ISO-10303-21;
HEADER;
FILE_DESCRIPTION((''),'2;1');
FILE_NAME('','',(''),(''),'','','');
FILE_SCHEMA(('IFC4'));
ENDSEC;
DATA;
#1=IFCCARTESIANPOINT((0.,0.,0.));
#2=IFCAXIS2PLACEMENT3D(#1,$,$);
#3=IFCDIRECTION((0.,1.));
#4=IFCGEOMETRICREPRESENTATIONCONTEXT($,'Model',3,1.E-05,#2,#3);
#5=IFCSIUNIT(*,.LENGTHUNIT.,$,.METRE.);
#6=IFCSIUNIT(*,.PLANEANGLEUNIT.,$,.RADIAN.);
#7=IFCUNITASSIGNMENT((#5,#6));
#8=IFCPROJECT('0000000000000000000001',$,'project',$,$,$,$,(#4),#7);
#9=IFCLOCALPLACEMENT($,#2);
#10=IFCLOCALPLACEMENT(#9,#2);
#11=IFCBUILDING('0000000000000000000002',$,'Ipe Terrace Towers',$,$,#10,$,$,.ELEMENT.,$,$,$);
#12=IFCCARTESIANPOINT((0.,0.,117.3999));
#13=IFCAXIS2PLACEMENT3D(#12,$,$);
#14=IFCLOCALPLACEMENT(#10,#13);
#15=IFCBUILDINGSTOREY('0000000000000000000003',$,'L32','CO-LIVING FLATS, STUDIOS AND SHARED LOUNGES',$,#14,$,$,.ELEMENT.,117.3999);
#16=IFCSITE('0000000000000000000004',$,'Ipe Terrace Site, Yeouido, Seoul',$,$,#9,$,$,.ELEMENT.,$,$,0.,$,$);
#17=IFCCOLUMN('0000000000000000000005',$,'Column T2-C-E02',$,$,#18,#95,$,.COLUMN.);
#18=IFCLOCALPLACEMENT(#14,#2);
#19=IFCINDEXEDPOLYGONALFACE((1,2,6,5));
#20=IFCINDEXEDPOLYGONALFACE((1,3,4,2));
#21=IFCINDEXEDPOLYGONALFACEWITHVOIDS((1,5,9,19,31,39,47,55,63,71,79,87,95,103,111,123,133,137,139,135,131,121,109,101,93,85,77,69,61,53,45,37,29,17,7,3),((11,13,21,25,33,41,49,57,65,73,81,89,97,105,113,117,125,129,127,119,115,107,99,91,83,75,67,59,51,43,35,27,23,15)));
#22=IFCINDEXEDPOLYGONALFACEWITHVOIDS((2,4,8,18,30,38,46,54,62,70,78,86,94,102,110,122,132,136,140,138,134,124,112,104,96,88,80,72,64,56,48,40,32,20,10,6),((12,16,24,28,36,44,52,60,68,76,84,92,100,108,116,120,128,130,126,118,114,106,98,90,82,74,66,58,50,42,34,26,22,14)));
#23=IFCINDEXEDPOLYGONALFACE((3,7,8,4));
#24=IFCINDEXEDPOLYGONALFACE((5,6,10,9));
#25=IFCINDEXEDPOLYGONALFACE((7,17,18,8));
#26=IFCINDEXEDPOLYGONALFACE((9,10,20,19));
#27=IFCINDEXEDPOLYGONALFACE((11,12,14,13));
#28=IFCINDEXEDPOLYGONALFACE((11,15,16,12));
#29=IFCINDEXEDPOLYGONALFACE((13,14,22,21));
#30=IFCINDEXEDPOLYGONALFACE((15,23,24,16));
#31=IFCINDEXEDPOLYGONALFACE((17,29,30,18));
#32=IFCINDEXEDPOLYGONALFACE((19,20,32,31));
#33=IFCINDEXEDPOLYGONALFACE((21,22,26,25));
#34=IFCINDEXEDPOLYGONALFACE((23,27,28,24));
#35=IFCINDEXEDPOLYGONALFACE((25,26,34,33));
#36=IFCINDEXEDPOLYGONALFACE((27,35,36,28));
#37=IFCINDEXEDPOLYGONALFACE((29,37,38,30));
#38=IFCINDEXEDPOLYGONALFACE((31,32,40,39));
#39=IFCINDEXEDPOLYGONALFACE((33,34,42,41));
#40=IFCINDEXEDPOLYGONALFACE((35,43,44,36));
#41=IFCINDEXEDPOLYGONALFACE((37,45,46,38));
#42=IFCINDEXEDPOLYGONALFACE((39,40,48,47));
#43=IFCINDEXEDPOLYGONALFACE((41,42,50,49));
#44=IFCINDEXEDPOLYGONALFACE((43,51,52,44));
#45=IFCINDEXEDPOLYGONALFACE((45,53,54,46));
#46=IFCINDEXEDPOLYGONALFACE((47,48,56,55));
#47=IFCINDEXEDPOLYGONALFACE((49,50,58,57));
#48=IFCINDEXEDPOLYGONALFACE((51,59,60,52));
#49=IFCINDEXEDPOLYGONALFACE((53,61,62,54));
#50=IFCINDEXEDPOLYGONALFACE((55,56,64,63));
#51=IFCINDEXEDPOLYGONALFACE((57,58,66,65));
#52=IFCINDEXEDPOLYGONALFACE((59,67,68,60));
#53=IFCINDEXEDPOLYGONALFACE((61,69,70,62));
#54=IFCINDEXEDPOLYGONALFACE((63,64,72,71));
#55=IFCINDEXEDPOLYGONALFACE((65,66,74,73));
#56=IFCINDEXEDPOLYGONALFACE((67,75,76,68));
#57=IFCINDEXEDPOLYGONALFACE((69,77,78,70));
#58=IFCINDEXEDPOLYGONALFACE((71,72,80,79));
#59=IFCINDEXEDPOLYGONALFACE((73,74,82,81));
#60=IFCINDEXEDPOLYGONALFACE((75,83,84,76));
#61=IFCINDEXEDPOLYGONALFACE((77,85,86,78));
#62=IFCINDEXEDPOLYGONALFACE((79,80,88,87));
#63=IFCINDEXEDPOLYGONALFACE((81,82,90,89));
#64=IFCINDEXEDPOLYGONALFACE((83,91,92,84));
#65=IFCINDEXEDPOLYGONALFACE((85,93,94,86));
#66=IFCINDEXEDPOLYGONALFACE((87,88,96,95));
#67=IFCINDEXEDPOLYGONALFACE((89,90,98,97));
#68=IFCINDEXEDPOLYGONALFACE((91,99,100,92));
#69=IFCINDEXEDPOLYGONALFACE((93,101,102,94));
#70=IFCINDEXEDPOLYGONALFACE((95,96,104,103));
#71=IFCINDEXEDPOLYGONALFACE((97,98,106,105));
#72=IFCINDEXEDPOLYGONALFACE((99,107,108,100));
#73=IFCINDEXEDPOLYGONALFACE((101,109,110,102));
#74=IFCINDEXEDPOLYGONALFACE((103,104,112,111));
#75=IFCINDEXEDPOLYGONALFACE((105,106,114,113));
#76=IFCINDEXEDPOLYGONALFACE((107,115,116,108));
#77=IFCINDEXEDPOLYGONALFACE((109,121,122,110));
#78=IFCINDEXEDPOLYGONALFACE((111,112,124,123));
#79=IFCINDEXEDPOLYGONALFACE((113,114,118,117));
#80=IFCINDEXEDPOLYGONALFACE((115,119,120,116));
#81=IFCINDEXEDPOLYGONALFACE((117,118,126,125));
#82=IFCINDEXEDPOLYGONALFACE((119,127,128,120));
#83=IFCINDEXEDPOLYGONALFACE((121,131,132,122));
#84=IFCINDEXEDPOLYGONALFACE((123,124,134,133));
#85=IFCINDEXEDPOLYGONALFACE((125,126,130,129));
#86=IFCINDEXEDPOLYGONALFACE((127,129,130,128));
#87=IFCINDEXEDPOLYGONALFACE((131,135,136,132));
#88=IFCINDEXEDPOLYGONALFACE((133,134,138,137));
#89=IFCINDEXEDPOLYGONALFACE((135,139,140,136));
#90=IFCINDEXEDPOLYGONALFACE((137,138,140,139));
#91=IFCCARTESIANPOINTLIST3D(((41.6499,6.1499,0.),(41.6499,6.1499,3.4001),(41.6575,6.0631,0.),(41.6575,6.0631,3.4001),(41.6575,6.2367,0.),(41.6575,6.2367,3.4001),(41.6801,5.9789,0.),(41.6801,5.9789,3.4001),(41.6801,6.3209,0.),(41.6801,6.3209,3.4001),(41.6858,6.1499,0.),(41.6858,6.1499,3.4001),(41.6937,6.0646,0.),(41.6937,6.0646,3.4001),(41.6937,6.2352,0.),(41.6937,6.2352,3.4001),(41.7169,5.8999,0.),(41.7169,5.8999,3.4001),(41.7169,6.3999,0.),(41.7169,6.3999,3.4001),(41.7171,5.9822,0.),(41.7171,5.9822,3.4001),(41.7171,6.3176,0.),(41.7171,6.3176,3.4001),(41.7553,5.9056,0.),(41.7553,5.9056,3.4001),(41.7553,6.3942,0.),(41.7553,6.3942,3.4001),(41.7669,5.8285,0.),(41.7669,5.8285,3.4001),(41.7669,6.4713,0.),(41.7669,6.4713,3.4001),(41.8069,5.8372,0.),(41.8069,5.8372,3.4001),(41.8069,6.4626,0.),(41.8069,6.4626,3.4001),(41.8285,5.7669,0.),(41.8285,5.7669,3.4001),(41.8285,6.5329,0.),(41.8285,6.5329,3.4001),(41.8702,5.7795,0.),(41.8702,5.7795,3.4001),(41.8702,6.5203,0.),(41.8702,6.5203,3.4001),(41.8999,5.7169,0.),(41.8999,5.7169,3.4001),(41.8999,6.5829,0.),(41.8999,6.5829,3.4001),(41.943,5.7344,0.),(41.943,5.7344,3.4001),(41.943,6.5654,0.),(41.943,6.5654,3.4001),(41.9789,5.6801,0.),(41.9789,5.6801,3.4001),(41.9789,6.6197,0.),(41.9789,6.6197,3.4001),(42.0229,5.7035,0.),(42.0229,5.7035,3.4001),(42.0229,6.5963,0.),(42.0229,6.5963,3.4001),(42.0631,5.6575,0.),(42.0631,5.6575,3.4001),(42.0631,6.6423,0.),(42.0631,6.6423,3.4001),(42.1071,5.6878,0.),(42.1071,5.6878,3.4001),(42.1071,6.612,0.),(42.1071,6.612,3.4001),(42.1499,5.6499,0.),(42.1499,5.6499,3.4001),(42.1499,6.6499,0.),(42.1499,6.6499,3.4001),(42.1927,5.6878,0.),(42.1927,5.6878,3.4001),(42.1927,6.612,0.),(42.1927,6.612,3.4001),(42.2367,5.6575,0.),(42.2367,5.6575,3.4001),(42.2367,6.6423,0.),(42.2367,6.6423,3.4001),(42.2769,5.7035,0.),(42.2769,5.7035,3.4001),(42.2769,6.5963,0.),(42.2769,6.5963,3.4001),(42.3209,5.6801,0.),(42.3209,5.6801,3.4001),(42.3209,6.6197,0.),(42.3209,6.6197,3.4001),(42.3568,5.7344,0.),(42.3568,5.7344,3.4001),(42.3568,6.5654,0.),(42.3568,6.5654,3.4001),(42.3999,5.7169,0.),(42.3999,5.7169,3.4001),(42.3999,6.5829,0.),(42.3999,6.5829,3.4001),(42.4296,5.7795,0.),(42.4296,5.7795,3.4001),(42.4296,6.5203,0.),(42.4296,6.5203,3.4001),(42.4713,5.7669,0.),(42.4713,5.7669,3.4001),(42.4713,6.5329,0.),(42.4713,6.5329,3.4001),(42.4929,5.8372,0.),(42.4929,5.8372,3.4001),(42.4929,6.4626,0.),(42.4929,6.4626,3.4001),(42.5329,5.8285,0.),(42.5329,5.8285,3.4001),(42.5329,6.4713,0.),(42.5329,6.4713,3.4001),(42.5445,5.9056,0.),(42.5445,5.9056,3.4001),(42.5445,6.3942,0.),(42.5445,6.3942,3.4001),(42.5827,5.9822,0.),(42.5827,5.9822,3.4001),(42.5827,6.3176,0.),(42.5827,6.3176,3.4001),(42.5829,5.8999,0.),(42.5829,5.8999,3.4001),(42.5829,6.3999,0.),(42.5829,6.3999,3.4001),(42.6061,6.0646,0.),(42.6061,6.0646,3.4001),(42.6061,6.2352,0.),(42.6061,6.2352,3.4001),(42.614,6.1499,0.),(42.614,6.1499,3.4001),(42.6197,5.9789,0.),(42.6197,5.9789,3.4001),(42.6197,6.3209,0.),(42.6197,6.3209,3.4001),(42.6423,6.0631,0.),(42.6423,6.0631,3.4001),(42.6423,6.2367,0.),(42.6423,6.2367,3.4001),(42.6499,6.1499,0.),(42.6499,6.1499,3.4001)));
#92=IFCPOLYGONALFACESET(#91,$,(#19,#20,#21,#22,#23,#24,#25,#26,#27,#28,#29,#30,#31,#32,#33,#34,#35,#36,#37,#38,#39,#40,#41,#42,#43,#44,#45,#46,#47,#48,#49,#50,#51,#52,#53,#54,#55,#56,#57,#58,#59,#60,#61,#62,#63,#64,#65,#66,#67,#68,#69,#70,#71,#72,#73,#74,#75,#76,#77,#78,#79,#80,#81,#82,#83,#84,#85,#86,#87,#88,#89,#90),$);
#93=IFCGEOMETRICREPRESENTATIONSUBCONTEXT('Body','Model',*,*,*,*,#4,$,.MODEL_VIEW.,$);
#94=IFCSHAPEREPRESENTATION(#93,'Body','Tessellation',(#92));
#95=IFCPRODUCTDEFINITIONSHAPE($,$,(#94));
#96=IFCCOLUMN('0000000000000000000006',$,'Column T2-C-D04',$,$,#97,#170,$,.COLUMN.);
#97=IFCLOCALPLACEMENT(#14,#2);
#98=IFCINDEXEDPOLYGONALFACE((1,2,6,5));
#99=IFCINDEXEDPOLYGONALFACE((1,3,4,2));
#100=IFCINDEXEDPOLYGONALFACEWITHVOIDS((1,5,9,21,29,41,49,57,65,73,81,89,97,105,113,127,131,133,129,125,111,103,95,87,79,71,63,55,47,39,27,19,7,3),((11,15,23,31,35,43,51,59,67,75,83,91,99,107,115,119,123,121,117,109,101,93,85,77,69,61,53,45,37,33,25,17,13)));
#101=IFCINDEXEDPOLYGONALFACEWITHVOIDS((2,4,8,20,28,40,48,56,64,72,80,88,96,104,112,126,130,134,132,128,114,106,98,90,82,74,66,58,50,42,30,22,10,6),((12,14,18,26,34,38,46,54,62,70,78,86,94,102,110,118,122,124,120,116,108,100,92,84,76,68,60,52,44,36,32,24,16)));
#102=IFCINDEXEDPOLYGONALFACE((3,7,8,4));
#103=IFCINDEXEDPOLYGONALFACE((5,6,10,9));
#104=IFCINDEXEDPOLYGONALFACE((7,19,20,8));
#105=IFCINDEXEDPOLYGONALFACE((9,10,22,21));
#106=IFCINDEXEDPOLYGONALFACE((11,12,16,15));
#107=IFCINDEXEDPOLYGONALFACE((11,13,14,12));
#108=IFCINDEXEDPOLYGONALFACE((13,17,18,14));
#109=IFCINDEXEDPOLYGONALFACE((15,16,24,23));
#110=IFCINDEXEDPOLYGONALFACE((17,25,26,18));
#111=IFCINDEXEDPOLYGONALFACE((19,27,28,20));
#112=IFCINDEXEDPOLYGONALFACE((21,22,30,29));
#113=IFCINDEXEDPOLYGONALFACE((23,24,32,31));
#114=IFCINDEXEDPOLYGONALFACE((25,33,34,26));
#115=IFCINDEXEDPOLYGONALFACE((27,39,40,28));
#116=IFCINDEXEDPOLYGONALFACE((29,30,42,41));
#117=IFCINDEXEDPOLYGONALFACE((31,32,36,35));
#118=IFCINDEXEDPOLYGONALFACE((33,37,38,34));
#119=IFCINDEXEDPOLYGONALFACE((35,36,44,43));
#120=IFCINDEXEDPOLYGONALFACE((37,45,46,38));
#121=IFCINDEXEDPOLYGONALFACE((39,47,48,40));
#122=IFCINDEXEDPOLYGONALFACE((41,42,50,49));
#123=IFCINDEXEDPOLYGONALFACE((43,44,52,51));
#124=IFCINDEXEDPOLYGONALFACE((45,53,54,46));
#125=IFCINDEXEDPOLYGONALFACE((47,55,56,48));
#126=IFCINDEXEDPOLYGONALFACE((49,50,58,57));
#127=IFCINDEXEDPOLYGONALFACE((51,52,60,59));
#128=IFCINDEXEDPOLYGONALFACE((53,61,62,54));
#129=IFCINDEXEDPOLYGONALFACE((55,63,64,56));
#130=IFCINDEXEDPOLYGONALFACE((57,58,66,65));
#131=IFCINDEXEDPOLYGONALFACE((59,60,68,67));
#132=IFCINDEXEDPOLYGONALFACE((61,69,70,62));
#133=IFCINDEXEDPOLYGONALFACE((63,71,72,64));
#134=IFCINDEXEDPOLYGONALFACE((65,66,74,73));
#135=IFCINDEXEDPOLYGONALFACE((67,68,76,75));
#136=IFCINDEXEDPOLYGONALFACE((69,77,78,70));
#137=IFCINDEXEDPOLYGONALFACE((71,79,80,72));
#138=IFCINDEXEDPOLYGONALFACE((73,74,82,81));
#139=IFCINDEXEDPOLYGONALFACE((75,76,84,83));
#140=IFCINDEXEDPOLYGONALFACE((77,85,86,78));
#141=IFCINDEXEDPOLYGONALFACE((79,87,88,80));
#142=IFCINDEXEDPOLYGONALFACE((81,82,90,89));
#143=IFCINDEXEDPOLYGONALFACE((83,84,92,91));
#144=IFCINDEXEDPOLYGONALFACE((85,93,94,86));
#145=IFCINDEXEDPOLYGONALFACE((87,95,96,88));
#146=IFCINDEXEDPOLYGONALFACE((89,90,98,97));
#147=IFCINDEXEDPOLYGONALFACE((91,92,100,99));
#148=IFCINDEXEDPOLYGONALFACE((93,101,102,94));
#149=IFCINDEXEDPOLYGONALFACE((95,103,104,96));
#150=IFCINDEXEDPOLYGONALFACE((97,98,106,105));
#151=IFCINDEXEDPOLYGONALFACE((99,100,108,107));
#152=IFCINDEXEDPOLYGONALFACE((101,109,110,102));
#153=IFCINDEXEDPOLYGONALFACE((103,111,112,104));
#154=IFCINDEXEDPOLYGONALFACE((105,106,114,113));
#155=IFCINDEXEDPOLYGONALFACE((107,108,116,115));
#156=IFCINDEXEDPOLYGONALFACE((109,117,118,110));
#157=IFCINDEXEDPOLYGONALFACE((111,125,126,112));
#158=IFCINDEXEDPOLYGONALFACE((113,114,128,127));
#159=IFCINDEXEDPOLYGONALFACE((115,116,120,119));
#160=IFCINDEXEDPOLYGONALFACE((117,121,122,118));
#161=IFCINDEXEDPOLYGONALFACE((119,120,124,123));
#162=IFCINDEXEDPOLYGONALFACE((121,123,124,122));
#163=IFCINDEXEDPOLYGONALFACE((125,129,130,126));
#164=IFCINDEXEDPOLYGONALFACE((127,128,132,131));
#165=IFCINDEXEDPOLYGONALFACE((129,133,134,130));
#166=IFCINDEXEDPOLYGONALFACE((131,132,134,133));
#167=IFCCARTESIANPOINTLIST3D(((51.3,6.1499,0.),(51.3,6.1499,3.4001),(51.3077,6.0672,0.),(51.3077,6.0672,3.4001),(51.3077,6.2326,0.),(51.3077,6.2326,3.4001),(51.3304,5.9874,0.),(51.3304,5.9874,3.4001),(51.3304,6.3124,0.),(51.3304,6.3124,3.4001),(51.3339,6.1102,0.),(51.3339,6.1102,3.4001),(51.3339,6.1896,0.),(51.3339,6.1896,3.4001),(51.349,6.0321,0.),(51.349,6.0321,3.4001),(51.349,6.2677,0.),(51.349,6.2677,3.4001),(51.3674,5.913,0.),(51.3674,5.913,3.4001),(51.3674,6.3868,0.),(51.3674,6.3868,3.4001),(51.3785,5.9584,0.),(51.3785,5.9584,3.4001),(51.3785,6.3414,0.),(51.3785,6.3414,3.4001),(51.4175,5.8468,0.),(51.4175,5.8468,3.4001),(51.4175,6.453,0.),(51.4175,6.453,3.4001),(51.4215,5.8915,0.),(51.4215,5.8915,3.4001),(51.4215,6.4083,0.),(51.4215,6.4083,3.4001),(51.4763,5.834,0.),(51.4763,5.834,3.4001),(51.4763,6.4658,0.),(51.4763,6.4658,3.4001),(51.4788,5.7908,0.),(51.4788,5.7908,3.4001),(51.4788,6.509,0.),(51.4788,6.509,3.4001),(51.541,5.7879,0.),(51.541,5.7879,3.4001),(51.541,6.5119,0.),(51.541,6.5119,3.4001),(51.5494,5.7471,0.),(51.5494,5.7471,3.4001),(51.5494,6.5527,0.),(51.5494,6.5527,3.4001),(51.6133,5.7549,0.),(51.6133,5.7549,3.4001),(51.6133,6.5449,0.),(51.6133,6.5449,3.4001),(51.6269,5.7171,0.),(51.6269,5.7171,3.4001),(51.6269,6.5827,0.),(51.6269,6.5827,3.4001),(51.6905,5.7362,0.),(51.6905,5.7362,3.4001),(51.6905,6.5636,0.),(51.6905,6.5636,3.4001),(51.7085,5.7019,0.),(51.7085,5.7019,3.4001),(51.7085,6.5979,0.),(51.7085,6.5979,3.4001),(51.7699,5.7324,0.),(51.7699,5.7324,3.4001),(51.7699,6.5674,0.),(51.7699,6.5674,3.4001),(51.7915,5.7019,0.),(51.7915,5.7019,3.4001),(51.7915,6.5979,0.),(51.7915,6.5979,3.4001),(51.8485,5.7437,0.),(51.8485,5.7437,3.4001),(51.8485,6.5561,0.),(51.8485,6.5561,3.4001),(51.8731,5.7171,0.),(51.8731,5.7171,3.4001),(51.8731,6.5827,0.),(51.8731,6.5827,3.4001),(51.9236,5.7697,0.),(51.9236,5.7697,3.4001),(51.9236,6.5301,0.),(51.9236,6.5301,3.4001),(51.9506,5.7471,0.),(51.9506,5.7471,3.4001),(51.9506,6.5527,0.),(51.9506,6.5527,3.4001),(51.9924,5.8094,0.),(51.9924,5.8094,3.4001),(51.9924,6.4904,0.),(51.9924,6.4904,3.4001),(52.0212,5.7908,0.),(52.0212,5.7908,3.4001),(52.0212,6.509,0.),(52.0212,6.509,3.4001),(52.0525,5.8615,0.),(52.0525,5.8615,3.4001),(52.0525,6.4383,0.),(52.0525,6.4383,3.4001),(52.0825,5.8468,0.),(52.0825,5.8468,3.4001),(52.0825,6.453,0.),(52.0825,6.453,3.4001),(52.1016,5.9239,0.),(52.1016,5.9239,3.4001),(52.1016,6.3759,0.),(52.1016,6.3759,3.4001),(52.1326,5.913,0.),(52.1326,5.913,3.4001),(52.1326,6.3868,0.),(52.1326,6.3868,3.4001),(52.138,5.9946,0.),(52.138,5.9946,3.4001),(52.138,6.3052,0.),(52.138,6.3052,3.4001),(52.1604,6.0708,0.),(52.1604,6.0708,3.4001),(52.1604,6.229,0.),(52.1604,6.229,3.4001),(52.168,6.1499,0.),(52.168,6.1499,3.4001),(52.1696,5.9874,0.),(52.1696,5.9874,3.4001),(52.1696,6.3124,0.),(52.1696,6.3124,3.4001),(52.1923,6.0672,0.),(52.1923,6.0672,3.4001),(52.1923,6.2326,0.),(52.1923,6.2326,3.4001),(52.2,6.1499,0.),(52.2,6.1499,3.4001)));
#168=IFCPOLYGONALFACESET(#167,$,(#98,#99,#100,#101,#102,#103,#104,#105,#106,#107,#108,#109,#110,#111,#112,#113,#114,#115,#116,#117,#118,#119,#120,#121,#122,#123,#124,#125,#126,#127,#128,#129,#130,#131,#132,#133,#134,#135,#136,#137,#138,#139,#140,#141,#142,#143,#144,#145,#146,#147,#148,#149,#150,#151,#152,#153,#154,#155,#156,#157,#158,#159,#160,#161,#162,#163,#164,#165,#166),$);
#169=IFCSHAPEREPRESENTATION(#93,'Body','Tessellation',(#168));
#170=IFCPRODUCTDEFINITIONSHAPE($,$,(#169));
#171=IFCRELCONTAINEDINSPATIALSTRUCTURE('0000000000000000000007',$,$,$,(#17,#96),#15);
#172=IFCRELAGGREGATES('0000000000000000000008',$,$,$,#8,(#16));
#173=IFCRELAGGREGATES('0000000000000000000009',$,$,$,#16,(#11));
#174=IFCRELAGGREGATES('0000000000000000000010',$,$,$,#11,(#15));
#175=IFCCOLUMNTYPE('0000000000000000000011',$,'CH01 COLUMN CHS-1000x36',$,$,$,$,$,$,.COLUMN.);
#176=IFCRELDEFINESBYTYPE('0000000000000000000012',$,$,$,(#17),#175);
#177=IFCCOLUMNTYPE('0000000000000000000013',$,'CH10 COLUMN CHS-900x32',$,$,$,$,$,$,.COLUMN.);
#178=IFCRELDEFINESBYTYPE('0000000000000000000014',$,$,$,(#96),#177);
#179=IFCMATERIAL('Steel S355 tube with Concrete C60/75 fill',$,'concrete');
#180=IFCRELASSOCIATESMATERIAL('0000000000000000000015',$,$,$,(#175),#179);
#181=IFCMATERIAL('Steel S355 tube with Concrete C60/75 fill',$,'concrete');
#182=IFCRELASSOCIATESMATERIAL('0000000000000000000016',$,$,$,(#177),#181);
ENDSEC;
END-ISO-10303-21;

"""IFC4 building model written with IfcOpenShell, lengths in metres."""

from ifc_helpers import new_model, si_unit, direction, frame, origin, origin_2d, place, context, subcontext, project, spatial, hollow_circle, extrude, material, material_profile, profile_set, type_object, element, save


model = new_model("IFC4")

# Units and contexts
model_context = context("Model", 3, precision=1e-05, world=origin(), true_north=direction((0.0, 1.0)))
body_context = subcontext(model_context, "Body", "Model", "MODEL_VIEW")
ifc_project = project(units=[si_unit("LENGTHUNIT", "METRE"), si_unit("PLANEANGLEUNIT", "RADIAN")], contexts=[model_context])

# Site, building, storey
site_placement = place(None, origin())
site = spatial("IfcSite", under=ifc_project, at=site_placement, Name="Ipe Terrace Site, Yeouido, Seoul", CompositionType="ELEMENT", RefElevation=0.0)
building_placement = place(site_placement, origin())
building = spatial("IfcBuilding", under=site, at=building_placement, Name="Ipe Terrace Towers", CompositionType="ELEMENT")
storey_placement = place(building_placement, frame((0.0, 0.0, 117.3999)))
storey = spatial("IfcBuildingStorey", under=building, at=storey_placement, Name="L32", Description="CO-LIVING FLATS, STUDIOS AND SHARED LOUNGES", CompositionType="ELEMENT", Elevation=117.3999)

# Columns
ifc_material_1 = material(Name="Steel S355 tube with Concrete C60/75 fill", Category="concrete")
ifc_material_profile_1 = material_profile(ifc_material_1, hollow_circle(Radius=0.5, WallThickness=0.0359, at=origin_2d()), Name="CHS-1000x36")
ifc_profile_set_1 = profile_set([ifc_material_profile_1], Name="Steel S355 tube with Concrete C60/75 fill")
column_type_1 = type_object("IfcColumnType", Name="CH01 COLUMN CHS-1000x36", PredefinedType="COLUMN", material=ifc_profile_set_1)
column_placement = place(storey_placement, frame((42.1499, 6.1499, 0.0), z_axis=(0.0, 0.0, 1.0), x_axis=(1.0, 0.0, 0.0)))
element("IfcColumn", 1, at=column_placement, inside=storey, type_object=column_type_1, Name="Column T2-C-E02", PredefinedType="COLUMN", context=body_context, shape_type="SweptSolid", body=[
    extrude(hollow_circle(Radius=0.5, WallThickness=0.0359, at=origin_2d()), origin(), (0.0, 0.0, 1.0), 3.4001),
])
ifc_material_2 = material(Name="Steel S355 tube with Concrete C60/75 fill", Category="concrete")
ifc_material_profile_2 = material_profile(ifc_material_2, hollow_circle(Radius=0.45, WallThickness=0.032, at=origin_2d()), Name="CHS-900x32")
ifc_profile_set_2 = profile_set([ifc_material_profile_2], Name="Steel S355 tube with Concrete C60/75 fill")
column_type_2 = type_object("IfcColumnType", Name="CH10 COLUMN CHS-900x32", PredefinedType="COLUMN", material=ifc_profile_set_2)
for number, where, z_axis, x_axis, name in (
    (2, (51.75, 6.1499, 0.0), (0.0, 0.0, 1.0), (1.0, 0.0, 0.0), "Column T2-C-D04"),
):
    element("IfcColumn", number, at=place(storey_placement, frame(where, z_axis=z_axis, x_axis=x_axis)), inside=storey, type_object=column_type_2, Name=name, PredefinedType="COLUMN", context=body_context, shape_type="SweptSolid", body=[
        extrude(hollow_circle(Radius=0.45, WallThickness=0.032, at=origin_2d()), origin(), (0.0, 0.0, 1.0), 3.4001),
    ])

save(model, "model.ifc")
